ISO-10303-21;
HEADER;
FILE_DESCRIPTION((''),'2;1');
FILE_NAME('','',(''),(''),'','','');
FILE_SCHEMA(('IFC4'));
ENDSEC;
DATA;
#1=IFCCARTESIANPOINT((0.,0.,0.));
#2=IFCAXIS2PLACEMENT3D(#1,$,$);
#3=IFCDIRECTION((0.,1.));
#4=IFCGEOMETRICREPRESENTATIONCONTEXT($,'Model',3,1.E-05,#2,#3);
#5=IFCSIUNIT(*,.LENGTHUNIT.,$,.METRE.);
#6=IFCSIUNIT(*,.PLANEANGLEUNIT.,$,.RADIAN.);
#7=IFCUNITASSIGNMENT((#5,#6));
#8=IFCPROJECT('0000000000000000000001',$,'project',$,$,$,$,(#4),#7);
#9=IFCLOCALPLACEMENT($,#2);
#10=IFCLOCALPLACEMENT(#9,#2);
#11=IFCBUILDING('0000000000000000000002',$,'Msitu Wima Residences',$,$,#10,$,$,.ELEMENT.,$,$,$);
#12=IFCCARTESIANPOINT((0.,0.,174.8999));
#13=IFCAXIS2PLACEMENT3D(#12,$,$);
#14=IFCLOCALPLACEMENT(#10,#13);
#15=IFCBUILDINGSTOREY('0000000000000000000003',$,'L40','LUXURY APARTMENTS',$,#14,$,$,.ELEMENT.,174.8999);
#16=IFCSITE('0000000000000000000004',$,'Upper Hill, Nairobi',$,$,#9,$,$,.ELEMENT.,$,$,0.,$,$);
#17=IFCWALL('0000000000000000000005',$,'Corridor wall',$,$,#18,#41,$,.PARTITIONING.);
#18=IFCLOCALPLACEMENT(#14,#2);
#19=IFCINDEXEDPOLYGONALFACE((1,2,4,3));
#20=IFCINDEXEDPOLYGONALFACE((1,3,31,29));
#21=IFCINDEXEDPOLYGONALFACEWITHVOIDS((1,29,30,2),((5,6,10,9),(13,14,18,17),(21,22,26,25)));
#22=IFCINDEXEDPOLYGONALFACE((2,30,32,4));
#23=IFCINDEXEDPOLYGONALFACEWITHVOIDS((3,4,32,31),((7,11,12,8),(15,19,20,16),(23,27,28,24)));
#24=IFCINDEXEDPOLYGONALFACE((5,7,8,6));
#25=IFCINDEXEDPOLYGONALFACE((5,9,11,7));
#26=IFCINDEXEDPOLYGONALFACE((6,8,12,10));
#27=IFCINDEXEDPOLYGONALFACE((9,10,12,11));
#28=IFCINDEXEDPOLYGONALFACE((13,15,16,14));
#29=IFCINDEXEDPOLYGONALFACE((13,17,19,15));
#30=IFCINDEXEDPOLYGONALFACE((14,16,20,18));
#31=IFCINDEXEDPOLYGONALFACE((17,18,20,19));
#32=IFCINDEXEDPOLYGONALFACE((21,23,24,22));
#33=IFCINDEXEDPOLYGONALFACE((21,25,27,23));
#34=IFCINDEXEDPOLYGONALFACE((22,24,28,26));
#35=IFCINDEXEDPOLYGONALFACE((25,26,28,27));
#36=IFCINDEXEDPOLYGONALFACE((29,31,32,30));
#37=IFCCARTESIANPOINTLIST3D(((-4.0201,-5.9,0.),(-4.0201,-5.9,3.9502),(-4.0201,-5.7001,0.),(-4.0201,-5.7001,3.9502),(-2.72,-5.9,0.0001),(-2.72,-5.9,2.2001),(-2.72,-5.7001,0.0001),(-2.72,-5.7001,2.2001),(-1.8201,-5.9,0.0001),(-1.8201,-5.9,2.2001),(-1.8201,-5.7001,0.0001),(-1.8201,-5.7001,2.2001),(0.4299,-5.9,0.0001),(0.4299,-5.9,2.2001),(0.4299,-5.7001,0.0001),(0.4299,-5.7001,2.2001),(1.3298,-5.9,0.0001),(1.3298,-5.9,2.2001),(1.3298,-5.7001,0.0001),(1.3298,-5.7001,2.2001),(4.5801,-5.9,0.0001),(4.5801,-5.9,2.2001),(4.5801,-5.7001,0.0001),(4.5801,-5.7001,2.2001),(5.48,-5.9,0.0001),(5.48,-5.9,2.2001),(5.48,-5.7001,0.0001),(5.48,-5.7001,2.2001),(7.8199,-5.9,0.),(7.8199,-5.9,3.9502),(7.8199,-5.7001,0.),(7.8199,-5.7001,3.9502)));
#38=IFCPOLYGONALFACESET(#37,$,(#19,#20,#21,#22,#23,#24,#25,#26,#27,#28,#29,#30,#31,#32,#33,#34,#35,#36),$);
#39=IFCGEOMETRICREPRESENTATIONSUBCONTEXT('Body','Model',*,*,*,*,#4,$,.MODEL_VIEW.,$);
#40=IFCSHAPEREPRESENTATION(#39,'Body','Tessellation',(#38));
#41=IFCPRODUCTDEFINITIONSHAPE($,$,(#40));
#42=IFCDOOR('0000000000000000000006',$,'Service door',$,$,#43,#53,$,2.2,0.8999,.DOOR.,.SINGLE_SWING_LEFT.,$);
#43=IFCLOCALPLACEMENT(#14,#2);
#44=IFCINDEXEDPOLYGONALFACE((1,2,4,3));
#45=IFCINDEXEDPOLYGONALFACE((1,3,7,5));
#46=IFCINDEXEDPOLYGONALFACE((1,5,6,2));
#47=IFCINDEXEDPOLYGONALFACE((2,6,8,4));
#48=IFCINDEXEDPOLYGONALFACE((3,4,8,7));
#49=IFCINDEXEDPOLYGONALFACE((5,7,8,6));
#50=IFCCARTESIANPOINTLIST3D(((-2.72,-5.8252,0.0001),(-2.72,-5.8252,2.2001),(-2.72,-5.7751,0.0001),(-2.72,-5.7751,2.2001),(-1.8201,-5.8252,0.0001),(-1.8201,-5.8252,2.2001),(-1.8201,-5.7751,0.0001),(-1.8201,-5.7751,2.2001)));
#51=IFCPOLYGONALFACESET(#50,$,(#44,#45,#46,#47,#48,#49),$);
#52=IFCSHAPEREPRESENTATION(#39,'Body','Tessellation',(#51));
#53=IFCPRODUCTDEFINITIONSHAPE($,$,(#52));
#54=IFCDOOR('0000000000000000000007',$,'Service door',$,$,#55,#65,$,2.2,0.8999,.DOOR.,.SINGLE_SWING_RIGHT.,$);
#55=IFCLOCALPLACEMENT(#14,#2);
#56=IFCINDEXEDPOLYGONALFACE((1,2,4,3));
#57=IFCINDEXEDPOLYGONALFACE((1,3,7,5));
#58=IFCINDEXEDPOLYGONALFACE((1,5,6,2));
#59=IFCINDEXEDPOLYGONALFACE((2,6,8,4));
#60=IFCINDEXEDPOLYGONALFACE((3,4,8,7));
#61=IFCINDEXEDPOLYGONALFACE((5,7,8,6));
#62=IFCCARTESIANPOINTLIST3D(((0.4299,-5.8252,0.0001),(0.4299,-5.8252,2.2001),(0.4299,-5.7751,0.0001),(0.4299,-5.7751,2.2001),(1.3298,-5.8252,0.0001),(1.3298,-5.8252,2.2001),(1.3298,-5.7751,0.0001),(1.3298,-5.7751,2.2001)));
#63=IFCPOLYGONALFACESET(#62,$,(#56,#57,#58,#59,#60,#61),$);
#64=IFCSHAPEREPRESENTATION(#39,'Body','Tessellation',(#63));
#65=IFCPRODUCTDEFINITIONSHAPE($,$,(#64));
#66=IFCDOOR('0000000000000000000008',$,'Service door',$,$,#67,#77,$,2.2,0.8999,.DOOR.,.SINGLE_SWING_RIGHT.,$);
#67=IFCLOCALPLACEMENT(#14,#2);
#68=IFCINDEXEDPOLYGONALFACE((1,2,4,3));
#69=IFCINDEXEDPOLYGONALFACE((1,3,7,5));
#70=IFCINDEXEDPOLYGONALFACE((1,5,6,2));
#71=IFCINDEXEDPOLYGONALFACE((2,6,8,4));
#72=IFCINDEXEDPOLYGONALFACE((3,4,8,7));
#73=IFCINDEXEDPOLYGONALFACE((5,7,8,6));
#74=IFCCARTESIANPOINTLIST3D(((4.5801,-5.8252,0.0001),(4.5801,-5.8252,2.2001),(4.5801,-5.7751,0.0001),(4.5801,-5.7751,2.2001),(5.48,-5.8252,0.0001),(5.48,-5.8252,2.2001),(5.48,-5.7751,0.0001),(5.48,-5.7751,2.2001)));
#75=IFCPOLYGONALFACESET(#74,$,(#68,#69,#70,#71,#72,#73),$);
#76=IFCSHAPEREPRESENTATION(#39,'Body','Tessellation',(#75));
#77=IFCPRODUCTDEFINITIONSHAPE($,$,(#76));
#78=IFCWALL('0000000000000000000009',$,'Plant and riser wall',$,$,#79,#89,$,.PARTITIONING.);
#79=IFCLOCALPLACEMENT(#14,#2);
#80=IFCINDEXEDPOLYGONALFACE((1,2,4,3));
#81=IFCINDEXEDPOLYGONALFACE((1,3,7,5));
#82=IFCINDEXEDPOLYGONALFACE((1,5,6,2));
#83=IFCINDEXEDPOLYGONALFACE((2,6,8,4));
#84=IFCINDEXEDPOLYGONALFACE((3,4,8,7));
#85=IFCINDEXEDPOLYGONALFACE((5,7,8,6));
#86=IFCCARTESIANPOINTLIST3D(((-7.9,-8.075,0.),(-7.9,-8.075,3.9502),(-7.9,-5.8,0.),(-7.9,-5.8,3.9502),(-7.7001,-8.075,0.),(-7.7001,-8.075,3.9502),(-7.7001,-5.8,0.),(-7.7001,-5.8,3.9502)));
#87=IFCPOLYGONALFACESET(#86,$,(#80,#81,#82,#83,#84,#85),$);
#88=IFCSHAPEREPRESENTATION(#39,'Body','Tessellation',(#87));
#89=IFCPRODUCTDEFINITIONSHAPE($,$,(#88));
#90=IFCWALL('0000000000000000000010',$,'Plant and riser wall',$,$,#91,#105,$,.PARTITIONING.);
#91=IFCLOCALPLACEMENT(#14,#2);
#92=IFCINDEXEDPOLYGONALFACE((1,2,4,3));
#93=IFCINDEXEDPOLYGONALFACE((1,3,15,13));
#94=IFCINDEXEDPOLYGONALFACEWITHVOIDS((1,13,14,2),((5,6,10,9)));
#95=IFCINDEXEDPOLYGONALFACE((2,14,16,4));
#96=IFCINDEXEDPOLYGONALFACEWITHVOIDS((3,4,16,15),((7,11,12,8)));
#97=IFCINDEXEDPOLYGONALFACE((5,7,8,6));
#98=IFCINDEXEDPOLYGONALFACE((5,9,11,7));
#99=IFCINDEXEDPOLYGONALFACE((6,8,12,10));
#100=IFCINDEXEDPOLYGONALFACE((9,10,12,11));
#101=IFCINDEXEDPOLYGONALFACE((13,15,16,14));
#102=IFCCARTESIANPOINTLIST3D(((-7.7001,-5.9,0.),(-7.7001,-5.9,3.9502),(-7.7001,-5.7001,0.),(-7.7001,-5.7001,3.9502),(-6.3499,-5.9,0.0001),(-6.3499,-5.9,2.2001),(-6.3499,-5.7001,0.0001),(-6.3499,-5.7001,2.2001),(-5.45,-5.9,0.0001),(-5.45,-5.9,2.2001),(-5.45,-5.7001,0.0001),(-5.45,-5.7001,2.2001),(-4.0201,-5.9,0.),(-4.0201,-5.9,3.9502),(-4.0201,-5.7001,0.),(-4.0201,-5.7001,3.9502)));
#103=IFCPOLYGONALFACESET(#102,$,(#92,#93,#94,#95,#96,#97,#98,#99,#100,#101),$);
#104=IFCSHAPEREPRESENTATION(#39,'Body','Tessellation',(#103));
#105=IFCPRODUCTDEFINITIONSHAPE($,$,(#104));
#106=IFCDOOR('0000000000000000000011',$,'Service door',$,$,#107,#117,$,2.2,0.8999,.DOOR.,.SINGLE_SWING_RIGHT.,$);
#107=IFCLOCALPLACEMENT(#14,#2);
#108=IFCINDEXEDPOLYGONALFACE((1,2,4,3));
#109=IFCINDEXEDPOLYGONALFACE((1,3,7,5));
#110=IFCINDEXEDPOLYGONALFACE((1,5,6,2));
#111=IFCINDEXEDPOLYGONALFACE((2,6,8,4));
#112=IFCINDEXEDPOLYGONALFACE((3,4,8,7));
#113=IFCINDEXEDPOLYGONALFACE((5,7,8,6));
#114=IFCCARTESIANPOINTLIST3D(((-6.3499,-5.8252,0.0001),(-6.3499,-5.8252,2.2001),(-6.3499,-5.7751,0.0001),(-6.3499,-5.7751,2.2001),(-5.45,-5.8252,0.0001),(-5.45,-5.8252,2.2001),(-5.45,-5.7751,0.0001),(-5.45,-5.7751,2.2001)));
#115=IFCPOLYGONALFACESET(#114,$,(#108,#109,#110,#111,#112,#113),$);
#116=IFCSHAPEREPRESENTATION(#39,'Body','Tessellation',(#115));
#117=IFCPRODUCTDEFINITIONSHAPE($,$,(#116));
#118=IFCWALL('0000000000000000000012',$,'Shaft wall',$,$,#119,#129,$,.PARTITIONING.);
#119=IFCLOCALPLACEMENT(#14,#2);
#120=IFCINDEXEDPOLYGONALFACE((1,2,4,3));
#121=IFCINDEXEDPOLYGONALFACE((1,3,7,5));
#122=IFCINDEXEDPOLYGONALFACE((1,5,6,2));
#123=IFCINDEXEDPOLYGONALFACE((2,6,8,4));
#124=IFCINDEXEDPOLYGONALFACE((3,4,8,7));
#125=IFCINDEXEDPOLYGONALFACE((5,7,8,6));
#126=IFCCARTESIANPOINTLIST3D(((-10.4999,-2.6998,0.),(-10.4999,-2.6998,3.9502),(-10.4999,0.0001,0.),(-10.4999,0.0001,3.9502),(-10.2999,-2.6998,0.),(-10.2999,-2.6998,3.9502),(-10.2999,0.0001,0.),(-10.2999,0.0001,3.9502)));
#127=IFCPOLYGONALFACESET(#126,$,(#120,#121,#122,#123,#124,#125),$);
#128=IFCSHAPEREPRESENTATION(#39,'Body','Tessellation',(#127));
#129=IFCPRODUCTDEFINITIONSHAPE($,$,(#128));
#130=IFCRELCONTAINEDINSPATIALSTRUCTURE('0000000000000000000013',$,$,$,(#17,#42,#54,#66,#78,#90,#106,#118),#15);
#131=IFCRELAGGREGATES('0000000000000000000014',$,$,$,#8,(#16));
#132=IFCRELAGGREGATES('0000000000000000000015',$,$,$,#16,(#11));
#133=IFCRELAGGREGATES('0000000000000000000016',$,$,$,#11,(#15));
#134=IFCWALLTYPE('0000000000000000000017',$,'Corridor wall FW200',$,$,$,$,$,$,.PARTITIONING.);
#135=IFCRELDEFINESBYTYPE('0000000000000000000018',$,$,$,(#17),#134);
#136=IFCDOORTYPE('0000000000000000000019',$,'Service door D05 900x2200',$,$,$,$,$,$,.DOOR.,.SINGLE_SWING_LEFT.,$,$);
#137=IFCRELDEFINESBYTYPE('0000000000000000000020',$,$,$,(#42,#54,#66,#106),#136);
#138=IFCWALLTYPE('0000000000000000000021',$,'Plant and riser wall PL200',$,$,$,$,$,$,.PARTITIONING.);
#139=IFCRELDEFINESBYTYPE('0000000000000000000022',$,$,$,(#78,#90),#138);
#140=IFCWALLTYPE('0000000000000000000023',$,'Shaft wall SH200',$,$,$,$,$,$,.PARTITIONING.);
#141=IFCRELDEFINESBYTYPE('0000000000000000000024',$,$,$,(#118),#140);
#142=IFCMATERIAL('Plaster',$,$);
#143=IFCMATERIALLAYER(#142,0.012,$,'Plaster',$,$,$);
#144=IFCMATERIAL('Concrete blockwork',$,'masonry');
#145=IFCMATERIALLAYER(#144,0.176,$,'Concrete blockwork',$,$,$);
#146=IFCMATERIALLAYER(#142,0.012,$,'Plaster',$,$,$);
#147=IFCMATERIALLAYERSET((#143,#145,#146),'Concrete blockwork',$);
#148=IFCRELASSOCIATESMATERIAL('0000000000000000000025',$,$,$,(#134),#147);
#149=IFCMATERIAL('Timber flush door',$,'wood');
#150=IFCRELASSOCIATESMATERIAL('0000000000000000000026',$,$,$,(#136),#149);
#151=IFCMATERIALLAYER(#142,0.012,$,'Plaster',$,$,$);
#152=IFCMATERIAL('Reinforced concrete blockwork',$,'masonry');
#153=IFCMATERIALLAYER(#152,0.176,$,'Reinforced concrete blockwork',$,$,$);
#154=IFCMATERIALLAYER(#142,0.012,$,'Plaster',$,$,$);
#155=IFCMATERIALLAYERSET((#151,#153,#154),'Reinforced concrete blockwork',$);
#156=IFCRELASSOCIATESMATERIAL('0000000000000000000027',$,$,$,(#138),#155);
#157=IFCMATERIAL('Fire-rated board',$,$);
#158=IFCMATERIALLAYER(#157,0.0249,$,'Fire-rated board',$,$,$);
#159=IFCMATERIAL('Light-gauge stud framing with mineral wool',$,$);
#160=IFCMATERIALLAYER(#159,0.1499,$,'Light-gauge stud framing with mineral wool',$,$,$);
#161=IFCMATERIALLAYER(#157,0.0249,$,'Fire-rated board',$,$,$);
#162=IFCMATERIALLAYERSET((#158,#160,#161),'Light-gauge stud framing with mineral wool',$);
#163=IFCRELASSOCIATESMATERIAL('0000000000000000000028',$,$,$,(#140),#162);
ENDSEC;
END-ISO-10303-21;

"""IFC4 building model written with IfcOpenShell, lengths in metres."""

from ifc_helpers import new_model, si_unit, direction, frame, frame_2d, origin, place, context, subcontext, project, spatial, rectangle, extrude, material, layer, layer_set, type_object, element, fill, save


model = new_model("IFC4")

# Units and contexts
model_context = context("Model", 3, precision=1e-05, world=origin(), true_north=direction((0.0, 1.0)))
body_context = subcontext(model_context, "Body", "Model", "MODEL_VIEW")
ifc_project = project(units=[si_unit("LENGTHUNIT", "METRE"), si_unit("PLANEANGLEUNIT", "RADIAN")], contexts=[model_context])

# Site, building, storey
site_placement = place(None, origin())
site = spatial("IfcSite", under=ifc_project, at=site_placement, Name="Upper Hill, Nairobi", CompositionType="ELEMENT", RefElevation=0.0)
building_placement = place(site_placement, origin())
building = spatial("IfcBuilding", under=site, at=building_placement, Name="Msitu Wima Residences", CompositionType="ELEMENT")
storey_placement = place(building_placement, frame((0.0, 0.0, 174.8999)))
storey = spatial("IfcBuildingStorey", under=building, at=storey_placement, Name="L40", Description="LUXURY APARTMENTS", CompositionType="ELEMENT", Elevation=174.8999)

# Shared definitions
ifc_material_1 = material(Name="Plaster")
ifc_layer_1 = layer(ifc_material_1, 0.012, Name="Plaster")
ifc_material_2 = material(Name="Concrete blockwork", Category="masonry")
ifc_layer_2 = layer(ifc_material_2, 0.176, Name="Concrete blockwork")
ifc_layer_3 = layer(ifc_material_1, 0.012, Name="Plaster")
ifc_layer_set_1 = layer_set([ifc_layer_1, ifc_layer_2, ifc_layer_3], Name="Concrete blockwork")
wall_type_1 = type_object("IfcWallType", Name="Corridor wall FW200", PredefinedType="PARTITIONING", material=ifc_layer_set_1)

# Wall, openings, doors
wall_1_placement = place(storey_placement, frame((-4.02, -5.8, 0.0), z_axis=(0.0, 0.0, 1.0), x_axis=(1.0, 0.0, 0.0)))
wall_1 = element("IfcWall", 1, at=wall_1_placement, inside=storey, type_object=wall_type_1, Name="Corridor wall", PredefinedType="PARTITIONING", context=body_context, shape_type="SweptSolid", body=[
    extrude(rectangle(XDim=11.8401, YDim=0.2, at=frame_2d((5.9199, 0.0))), origin(), (0.0, 0.0, 1.0), 3.9502),
])
opening_1_placement = place(wall_1_placement, frame((1.3, 0.0, 0.0)))
opening_1 = element("IfcOpeningElement", 2, at=opening_1_placement, cuts=wall_1, PredefinedType="OPENING", context=body_context, shape_type="SweptSolid", body=[
    extrude(rectangle(XDim=0.8999, YDim=2.2, at=frame_2d((0.45, 1.1001))), frame((0.0, 0.1099, 0.0), z_axis=(0.0, -1.0, 0.0), x_axis=(1.0, 0.0, 0.0)), (0.0, 0.0, 1.0), 0.22),
])
opening_2_placement = place(wall_1_placement, frame((4.45, 0.0, 0.0)))
opening_2 = element("IfcOpeningElement", 3, at=opening_2_placement, cuts=wall_1, PredefinedType="OPENING", context=body_context, shape_type="SweptSolid", body=[
    extrude(rectangle(XDim=0.8999, YDim=2.2, at=frame_2d((0.45, 1.1001))), frame((0.0, 0.1099, 0.0), z_axis=(0.0, -1.0, 0.0), x_axis=(1.0, 0.0, 0.0)), (0.0, 0.0, 1.0), 0.22),
])
opening_3_placement = place(wall_1_placement, frame((8.6001, 0.0, 0.0)))
opening_3 = element("IfcOpeningElement", 4, at=opening_3_placement, cuts=wall_1, PredefinedType="OPENING", context=body_context, shape_type="SweptSolid", body=[
    extrude(rectangle(XDim=0.8999, YDim=2.2, at=frame_2d((0.45, 1.1001))), frame((0.0, 0.1099, 0.0), z_axis=(0.0, -1.0, 0.0), x_axis=(1.0, 0.0, 0.0)), (0.0, 0.0, 1.0), 0.22),
])
ifc_material_3 = material(Name="Timber flush door", Category="wood")
door_type_1 = type_object("IfcDoorType", Name="Service door D05 900x2200", OperationType="SINGLE_SWING_LEFT", PredefinedType="DOOR", material=ifc_material_3)
door_1_placement = place(opening_1_placement, origin())
door_1 = element("IfcDoor", 5, at=door_1_placement, inside=storey, type_object=door_type_1, Name="Service door", OperationType="SINGLE_SWING_LEFT", OverallHeight=2.2, OverallWidth=0.8999, PredefinedType="DOOR", context=body_context, shape_type="SweptSolid", body=[
    extrude(rectangle(XDim=0.8999, YDim=2.2, at=frame_2d((0.45, 1.1001))), frame((0.0, 0.0249, 0.0), z_axis=(0.0, -1.0, 0.0), x_axis=(1.0, 0.0, 0.0)), (0.0, 0.0, 1.0), 0.05),
])
fill(opening_1, door_1)
door_2_placement = place(opening_2_placement, origin())
door_2 = element("IfcDoor", 6, at=door_2_placement, inside=storey, type_object=door_type_1, Name="Service door", OperationType="SINGLE_SWING_RIGHT", OverallHeight=2.2, OverallWidth=0.8999, PredefinedType="DOOR", context=body_context, shape_type="SweptSolid", body=[
    extrude(rectangle(XDim=0.8999, YDim=2.2, at=frame_2d((0.45, 1.1001))), frame((0.0, 0.0249, 0.0), z_axis=(0.0, -1.0, 0.0), x_axis=(1.0, 0.0, 0.0)), (0.0, 0.0, 1.0), 0.05),
])
fill(opening_2, door_2)
door_3_placement = place(opening_3_placement, origin())
door_3 = element("IfcDoor", 7, at=door_3_placement, inside=storey, type_object=door_type_1, Name="Service door", OperationType="SINGLE_SWING_RIGHT", OverallHeight=2.2, OverallWidth=0.8999, PredefinedType="DOOR", context=body_context, shape_type="SweptSolid", body=[
    extrude(rectangle(XDim=0.8999, YDim=2.2, at=frame_2d((0.45, 1.1001))), frame((0.0, 0.0249, 0.0), z_axis=(0.0, -1.0, 0.0), x_axis=(1.0, 0.0, 0.0)), (0.0, 0.0, 1.0), 0.05),
])
fill(opening_3, door_3)

# Wall
ifc_layer_4 = layer(ifc_material_1, 0.012, Name="Plaster")
ifc_material_4 = material(Name="Reinforced concrete blockwork", Category="masonry")
ifc_layer_5 = layer(ifc_material_4, 0.176, Name="Reinforced concrete blockwork")
ifc_layer_6 = layer(ifc_material_1, 0.012, Name="Plaster")
ifc_layer_set_2 = layer_set([ifc_layer_4, ifc_layer_5, ifc_layer_6], Name="Reinforced concrete blockwork")
wall_type_2 = type_object("IfcWallType", Name="Plant and riser wall PL200", PredefinedType="PARTITIONING", material=ifc_layer_set_2)
wall_2_placement = place(storey_placement, frame((-7.8, -8.075, 0.0), z_axis=(0.0, 0.0, 1.0), x_axis=(0.0, 1.0, 0.0)))
element("IfcWall", 8, at=wall_2_placement, inside=storey, type_object=wall_type_2, Name="Plant and riser wall", PredefinedType="PARTITIONING", context=body_context, shape_type="SweptSolid", body=[
    extrude(rectangle(XDim=2.2749, YDim=0.2, at=frame_2d((1.1375, 0.0))), origin(), (0.0, 0.0, 1.0), 3.9502),
])

# Wall, opening, door
wall_3_placement = place(storey_placement, frame((-7.7, -5.8, 0.0), z_axis=(0.0, 0.0, 1.0), x_axis=(1.0, 0.0, 0.0)))
wall_3 = element("IfcWall", 9, at=wall_3_placement, inside=storey, type_object=wall_type_2, Name="Plant and riser wall", PredefinedType="PARTITIONING", context=body_context, shape_type="SweptSolid", body=[
    extrude(rectangle(XDim=3.6799, YDim=0.2, at=frame_2d((1.8398, 0.0))), origin(), (0.0, 0.0, 1.0), 3.9502),
])
opening_4_placement = place(wall_3_placement, frame((1.3501, 0.0, 0.0)))
opening_4 = element("IfcOpeningElement", 10, at=opening_4_placement, cuts=wall_3, PredefinedType="OPENING", context=body_context, shape_type="SweptSolid", body=[
    extrude(rectangle(XDim=0.8999, YDim=2.2, at=frame_2d((0.45, 1.1001))), frame((0.0, 0.1099, 0.0), z_axis=(0.0, -1.0, 0.0), x_axis=(1.0, 0.0, 0.0)), (0.0, 0.0, 1.0), 0.22),
])
door_4_placement = place(opening_4_placement, origin())
door_4 = element("IfcDoor", 11, at=door_4_placement, inside=storey, type_object=door_type_1, Name="Service door", OperationType="SINGLE_SWING_RIGHT", OverallHeight=2.2, OverallWidth=0.8999, PredefinedType="DOOR", context=body_context, shape_type="SweptSolid", body=[
    extrude(rectangle(XDim=0.8999, YDim=2.2, at=frame_2d((0.45, 1.1001))), frame((0.0, 0.0249, 0.0), z_axis=(0.0, -1.0, 0.0), x_axis=(1.0, 0.0, 0.0)), (0.0, 0.0, 1.0), 0.05),
])
fill(opening_4, door_4)

# Wall
ifc_material_5 = material(Name="Fire-rated board")
ifc_layer_7 = layer(ifc_material_5, 0.0249, Name="Fire-rated board")
ifc_material_6 = material(Name="Light-gauge stud framing with mineral wool")
ifc_layer_8 = layer(ifc_material_6, 0.1499, Name="Light-gauge stud framing with mineral wool")
ifc_layer_9 = layer(ifc_material_5, 0.0249, Name="Fire-rated board")
ifc_layer_set_3 = layer_set([ifc_layer_7, ifc_layer_8, ifc_layer_9], Name="Light-gauge stud framing with mineral wool")
wall_type_3 = type_object("IfcWallType", Name="Shaft wall SH200", PredefinedType="PARTITIONING", material=ifc_layer_set_3)
wall_4_placement = place(storey_placement, frame((-10.3999, -2.7, 0.0), z_axis=(0.0, 0.0, 1.0), x_axis=(0.0, 1.0, 0.0)))
element("IfcWall", 12, at=wall_4_placement, inside=storey, type_object=wall_type_3, Name="Shaft wall", PredefinedType="PARTITIONING", context=body_context, shape_type="SweptSolid", body=[
    extrude(rectangle(XDim=2.7, YDim=0.2, at=frame_2d((1.3501, 0.0))), origin(), (0.0, 0.0, 1.0), 3.9502),
])

save(model, "model.ifc")
